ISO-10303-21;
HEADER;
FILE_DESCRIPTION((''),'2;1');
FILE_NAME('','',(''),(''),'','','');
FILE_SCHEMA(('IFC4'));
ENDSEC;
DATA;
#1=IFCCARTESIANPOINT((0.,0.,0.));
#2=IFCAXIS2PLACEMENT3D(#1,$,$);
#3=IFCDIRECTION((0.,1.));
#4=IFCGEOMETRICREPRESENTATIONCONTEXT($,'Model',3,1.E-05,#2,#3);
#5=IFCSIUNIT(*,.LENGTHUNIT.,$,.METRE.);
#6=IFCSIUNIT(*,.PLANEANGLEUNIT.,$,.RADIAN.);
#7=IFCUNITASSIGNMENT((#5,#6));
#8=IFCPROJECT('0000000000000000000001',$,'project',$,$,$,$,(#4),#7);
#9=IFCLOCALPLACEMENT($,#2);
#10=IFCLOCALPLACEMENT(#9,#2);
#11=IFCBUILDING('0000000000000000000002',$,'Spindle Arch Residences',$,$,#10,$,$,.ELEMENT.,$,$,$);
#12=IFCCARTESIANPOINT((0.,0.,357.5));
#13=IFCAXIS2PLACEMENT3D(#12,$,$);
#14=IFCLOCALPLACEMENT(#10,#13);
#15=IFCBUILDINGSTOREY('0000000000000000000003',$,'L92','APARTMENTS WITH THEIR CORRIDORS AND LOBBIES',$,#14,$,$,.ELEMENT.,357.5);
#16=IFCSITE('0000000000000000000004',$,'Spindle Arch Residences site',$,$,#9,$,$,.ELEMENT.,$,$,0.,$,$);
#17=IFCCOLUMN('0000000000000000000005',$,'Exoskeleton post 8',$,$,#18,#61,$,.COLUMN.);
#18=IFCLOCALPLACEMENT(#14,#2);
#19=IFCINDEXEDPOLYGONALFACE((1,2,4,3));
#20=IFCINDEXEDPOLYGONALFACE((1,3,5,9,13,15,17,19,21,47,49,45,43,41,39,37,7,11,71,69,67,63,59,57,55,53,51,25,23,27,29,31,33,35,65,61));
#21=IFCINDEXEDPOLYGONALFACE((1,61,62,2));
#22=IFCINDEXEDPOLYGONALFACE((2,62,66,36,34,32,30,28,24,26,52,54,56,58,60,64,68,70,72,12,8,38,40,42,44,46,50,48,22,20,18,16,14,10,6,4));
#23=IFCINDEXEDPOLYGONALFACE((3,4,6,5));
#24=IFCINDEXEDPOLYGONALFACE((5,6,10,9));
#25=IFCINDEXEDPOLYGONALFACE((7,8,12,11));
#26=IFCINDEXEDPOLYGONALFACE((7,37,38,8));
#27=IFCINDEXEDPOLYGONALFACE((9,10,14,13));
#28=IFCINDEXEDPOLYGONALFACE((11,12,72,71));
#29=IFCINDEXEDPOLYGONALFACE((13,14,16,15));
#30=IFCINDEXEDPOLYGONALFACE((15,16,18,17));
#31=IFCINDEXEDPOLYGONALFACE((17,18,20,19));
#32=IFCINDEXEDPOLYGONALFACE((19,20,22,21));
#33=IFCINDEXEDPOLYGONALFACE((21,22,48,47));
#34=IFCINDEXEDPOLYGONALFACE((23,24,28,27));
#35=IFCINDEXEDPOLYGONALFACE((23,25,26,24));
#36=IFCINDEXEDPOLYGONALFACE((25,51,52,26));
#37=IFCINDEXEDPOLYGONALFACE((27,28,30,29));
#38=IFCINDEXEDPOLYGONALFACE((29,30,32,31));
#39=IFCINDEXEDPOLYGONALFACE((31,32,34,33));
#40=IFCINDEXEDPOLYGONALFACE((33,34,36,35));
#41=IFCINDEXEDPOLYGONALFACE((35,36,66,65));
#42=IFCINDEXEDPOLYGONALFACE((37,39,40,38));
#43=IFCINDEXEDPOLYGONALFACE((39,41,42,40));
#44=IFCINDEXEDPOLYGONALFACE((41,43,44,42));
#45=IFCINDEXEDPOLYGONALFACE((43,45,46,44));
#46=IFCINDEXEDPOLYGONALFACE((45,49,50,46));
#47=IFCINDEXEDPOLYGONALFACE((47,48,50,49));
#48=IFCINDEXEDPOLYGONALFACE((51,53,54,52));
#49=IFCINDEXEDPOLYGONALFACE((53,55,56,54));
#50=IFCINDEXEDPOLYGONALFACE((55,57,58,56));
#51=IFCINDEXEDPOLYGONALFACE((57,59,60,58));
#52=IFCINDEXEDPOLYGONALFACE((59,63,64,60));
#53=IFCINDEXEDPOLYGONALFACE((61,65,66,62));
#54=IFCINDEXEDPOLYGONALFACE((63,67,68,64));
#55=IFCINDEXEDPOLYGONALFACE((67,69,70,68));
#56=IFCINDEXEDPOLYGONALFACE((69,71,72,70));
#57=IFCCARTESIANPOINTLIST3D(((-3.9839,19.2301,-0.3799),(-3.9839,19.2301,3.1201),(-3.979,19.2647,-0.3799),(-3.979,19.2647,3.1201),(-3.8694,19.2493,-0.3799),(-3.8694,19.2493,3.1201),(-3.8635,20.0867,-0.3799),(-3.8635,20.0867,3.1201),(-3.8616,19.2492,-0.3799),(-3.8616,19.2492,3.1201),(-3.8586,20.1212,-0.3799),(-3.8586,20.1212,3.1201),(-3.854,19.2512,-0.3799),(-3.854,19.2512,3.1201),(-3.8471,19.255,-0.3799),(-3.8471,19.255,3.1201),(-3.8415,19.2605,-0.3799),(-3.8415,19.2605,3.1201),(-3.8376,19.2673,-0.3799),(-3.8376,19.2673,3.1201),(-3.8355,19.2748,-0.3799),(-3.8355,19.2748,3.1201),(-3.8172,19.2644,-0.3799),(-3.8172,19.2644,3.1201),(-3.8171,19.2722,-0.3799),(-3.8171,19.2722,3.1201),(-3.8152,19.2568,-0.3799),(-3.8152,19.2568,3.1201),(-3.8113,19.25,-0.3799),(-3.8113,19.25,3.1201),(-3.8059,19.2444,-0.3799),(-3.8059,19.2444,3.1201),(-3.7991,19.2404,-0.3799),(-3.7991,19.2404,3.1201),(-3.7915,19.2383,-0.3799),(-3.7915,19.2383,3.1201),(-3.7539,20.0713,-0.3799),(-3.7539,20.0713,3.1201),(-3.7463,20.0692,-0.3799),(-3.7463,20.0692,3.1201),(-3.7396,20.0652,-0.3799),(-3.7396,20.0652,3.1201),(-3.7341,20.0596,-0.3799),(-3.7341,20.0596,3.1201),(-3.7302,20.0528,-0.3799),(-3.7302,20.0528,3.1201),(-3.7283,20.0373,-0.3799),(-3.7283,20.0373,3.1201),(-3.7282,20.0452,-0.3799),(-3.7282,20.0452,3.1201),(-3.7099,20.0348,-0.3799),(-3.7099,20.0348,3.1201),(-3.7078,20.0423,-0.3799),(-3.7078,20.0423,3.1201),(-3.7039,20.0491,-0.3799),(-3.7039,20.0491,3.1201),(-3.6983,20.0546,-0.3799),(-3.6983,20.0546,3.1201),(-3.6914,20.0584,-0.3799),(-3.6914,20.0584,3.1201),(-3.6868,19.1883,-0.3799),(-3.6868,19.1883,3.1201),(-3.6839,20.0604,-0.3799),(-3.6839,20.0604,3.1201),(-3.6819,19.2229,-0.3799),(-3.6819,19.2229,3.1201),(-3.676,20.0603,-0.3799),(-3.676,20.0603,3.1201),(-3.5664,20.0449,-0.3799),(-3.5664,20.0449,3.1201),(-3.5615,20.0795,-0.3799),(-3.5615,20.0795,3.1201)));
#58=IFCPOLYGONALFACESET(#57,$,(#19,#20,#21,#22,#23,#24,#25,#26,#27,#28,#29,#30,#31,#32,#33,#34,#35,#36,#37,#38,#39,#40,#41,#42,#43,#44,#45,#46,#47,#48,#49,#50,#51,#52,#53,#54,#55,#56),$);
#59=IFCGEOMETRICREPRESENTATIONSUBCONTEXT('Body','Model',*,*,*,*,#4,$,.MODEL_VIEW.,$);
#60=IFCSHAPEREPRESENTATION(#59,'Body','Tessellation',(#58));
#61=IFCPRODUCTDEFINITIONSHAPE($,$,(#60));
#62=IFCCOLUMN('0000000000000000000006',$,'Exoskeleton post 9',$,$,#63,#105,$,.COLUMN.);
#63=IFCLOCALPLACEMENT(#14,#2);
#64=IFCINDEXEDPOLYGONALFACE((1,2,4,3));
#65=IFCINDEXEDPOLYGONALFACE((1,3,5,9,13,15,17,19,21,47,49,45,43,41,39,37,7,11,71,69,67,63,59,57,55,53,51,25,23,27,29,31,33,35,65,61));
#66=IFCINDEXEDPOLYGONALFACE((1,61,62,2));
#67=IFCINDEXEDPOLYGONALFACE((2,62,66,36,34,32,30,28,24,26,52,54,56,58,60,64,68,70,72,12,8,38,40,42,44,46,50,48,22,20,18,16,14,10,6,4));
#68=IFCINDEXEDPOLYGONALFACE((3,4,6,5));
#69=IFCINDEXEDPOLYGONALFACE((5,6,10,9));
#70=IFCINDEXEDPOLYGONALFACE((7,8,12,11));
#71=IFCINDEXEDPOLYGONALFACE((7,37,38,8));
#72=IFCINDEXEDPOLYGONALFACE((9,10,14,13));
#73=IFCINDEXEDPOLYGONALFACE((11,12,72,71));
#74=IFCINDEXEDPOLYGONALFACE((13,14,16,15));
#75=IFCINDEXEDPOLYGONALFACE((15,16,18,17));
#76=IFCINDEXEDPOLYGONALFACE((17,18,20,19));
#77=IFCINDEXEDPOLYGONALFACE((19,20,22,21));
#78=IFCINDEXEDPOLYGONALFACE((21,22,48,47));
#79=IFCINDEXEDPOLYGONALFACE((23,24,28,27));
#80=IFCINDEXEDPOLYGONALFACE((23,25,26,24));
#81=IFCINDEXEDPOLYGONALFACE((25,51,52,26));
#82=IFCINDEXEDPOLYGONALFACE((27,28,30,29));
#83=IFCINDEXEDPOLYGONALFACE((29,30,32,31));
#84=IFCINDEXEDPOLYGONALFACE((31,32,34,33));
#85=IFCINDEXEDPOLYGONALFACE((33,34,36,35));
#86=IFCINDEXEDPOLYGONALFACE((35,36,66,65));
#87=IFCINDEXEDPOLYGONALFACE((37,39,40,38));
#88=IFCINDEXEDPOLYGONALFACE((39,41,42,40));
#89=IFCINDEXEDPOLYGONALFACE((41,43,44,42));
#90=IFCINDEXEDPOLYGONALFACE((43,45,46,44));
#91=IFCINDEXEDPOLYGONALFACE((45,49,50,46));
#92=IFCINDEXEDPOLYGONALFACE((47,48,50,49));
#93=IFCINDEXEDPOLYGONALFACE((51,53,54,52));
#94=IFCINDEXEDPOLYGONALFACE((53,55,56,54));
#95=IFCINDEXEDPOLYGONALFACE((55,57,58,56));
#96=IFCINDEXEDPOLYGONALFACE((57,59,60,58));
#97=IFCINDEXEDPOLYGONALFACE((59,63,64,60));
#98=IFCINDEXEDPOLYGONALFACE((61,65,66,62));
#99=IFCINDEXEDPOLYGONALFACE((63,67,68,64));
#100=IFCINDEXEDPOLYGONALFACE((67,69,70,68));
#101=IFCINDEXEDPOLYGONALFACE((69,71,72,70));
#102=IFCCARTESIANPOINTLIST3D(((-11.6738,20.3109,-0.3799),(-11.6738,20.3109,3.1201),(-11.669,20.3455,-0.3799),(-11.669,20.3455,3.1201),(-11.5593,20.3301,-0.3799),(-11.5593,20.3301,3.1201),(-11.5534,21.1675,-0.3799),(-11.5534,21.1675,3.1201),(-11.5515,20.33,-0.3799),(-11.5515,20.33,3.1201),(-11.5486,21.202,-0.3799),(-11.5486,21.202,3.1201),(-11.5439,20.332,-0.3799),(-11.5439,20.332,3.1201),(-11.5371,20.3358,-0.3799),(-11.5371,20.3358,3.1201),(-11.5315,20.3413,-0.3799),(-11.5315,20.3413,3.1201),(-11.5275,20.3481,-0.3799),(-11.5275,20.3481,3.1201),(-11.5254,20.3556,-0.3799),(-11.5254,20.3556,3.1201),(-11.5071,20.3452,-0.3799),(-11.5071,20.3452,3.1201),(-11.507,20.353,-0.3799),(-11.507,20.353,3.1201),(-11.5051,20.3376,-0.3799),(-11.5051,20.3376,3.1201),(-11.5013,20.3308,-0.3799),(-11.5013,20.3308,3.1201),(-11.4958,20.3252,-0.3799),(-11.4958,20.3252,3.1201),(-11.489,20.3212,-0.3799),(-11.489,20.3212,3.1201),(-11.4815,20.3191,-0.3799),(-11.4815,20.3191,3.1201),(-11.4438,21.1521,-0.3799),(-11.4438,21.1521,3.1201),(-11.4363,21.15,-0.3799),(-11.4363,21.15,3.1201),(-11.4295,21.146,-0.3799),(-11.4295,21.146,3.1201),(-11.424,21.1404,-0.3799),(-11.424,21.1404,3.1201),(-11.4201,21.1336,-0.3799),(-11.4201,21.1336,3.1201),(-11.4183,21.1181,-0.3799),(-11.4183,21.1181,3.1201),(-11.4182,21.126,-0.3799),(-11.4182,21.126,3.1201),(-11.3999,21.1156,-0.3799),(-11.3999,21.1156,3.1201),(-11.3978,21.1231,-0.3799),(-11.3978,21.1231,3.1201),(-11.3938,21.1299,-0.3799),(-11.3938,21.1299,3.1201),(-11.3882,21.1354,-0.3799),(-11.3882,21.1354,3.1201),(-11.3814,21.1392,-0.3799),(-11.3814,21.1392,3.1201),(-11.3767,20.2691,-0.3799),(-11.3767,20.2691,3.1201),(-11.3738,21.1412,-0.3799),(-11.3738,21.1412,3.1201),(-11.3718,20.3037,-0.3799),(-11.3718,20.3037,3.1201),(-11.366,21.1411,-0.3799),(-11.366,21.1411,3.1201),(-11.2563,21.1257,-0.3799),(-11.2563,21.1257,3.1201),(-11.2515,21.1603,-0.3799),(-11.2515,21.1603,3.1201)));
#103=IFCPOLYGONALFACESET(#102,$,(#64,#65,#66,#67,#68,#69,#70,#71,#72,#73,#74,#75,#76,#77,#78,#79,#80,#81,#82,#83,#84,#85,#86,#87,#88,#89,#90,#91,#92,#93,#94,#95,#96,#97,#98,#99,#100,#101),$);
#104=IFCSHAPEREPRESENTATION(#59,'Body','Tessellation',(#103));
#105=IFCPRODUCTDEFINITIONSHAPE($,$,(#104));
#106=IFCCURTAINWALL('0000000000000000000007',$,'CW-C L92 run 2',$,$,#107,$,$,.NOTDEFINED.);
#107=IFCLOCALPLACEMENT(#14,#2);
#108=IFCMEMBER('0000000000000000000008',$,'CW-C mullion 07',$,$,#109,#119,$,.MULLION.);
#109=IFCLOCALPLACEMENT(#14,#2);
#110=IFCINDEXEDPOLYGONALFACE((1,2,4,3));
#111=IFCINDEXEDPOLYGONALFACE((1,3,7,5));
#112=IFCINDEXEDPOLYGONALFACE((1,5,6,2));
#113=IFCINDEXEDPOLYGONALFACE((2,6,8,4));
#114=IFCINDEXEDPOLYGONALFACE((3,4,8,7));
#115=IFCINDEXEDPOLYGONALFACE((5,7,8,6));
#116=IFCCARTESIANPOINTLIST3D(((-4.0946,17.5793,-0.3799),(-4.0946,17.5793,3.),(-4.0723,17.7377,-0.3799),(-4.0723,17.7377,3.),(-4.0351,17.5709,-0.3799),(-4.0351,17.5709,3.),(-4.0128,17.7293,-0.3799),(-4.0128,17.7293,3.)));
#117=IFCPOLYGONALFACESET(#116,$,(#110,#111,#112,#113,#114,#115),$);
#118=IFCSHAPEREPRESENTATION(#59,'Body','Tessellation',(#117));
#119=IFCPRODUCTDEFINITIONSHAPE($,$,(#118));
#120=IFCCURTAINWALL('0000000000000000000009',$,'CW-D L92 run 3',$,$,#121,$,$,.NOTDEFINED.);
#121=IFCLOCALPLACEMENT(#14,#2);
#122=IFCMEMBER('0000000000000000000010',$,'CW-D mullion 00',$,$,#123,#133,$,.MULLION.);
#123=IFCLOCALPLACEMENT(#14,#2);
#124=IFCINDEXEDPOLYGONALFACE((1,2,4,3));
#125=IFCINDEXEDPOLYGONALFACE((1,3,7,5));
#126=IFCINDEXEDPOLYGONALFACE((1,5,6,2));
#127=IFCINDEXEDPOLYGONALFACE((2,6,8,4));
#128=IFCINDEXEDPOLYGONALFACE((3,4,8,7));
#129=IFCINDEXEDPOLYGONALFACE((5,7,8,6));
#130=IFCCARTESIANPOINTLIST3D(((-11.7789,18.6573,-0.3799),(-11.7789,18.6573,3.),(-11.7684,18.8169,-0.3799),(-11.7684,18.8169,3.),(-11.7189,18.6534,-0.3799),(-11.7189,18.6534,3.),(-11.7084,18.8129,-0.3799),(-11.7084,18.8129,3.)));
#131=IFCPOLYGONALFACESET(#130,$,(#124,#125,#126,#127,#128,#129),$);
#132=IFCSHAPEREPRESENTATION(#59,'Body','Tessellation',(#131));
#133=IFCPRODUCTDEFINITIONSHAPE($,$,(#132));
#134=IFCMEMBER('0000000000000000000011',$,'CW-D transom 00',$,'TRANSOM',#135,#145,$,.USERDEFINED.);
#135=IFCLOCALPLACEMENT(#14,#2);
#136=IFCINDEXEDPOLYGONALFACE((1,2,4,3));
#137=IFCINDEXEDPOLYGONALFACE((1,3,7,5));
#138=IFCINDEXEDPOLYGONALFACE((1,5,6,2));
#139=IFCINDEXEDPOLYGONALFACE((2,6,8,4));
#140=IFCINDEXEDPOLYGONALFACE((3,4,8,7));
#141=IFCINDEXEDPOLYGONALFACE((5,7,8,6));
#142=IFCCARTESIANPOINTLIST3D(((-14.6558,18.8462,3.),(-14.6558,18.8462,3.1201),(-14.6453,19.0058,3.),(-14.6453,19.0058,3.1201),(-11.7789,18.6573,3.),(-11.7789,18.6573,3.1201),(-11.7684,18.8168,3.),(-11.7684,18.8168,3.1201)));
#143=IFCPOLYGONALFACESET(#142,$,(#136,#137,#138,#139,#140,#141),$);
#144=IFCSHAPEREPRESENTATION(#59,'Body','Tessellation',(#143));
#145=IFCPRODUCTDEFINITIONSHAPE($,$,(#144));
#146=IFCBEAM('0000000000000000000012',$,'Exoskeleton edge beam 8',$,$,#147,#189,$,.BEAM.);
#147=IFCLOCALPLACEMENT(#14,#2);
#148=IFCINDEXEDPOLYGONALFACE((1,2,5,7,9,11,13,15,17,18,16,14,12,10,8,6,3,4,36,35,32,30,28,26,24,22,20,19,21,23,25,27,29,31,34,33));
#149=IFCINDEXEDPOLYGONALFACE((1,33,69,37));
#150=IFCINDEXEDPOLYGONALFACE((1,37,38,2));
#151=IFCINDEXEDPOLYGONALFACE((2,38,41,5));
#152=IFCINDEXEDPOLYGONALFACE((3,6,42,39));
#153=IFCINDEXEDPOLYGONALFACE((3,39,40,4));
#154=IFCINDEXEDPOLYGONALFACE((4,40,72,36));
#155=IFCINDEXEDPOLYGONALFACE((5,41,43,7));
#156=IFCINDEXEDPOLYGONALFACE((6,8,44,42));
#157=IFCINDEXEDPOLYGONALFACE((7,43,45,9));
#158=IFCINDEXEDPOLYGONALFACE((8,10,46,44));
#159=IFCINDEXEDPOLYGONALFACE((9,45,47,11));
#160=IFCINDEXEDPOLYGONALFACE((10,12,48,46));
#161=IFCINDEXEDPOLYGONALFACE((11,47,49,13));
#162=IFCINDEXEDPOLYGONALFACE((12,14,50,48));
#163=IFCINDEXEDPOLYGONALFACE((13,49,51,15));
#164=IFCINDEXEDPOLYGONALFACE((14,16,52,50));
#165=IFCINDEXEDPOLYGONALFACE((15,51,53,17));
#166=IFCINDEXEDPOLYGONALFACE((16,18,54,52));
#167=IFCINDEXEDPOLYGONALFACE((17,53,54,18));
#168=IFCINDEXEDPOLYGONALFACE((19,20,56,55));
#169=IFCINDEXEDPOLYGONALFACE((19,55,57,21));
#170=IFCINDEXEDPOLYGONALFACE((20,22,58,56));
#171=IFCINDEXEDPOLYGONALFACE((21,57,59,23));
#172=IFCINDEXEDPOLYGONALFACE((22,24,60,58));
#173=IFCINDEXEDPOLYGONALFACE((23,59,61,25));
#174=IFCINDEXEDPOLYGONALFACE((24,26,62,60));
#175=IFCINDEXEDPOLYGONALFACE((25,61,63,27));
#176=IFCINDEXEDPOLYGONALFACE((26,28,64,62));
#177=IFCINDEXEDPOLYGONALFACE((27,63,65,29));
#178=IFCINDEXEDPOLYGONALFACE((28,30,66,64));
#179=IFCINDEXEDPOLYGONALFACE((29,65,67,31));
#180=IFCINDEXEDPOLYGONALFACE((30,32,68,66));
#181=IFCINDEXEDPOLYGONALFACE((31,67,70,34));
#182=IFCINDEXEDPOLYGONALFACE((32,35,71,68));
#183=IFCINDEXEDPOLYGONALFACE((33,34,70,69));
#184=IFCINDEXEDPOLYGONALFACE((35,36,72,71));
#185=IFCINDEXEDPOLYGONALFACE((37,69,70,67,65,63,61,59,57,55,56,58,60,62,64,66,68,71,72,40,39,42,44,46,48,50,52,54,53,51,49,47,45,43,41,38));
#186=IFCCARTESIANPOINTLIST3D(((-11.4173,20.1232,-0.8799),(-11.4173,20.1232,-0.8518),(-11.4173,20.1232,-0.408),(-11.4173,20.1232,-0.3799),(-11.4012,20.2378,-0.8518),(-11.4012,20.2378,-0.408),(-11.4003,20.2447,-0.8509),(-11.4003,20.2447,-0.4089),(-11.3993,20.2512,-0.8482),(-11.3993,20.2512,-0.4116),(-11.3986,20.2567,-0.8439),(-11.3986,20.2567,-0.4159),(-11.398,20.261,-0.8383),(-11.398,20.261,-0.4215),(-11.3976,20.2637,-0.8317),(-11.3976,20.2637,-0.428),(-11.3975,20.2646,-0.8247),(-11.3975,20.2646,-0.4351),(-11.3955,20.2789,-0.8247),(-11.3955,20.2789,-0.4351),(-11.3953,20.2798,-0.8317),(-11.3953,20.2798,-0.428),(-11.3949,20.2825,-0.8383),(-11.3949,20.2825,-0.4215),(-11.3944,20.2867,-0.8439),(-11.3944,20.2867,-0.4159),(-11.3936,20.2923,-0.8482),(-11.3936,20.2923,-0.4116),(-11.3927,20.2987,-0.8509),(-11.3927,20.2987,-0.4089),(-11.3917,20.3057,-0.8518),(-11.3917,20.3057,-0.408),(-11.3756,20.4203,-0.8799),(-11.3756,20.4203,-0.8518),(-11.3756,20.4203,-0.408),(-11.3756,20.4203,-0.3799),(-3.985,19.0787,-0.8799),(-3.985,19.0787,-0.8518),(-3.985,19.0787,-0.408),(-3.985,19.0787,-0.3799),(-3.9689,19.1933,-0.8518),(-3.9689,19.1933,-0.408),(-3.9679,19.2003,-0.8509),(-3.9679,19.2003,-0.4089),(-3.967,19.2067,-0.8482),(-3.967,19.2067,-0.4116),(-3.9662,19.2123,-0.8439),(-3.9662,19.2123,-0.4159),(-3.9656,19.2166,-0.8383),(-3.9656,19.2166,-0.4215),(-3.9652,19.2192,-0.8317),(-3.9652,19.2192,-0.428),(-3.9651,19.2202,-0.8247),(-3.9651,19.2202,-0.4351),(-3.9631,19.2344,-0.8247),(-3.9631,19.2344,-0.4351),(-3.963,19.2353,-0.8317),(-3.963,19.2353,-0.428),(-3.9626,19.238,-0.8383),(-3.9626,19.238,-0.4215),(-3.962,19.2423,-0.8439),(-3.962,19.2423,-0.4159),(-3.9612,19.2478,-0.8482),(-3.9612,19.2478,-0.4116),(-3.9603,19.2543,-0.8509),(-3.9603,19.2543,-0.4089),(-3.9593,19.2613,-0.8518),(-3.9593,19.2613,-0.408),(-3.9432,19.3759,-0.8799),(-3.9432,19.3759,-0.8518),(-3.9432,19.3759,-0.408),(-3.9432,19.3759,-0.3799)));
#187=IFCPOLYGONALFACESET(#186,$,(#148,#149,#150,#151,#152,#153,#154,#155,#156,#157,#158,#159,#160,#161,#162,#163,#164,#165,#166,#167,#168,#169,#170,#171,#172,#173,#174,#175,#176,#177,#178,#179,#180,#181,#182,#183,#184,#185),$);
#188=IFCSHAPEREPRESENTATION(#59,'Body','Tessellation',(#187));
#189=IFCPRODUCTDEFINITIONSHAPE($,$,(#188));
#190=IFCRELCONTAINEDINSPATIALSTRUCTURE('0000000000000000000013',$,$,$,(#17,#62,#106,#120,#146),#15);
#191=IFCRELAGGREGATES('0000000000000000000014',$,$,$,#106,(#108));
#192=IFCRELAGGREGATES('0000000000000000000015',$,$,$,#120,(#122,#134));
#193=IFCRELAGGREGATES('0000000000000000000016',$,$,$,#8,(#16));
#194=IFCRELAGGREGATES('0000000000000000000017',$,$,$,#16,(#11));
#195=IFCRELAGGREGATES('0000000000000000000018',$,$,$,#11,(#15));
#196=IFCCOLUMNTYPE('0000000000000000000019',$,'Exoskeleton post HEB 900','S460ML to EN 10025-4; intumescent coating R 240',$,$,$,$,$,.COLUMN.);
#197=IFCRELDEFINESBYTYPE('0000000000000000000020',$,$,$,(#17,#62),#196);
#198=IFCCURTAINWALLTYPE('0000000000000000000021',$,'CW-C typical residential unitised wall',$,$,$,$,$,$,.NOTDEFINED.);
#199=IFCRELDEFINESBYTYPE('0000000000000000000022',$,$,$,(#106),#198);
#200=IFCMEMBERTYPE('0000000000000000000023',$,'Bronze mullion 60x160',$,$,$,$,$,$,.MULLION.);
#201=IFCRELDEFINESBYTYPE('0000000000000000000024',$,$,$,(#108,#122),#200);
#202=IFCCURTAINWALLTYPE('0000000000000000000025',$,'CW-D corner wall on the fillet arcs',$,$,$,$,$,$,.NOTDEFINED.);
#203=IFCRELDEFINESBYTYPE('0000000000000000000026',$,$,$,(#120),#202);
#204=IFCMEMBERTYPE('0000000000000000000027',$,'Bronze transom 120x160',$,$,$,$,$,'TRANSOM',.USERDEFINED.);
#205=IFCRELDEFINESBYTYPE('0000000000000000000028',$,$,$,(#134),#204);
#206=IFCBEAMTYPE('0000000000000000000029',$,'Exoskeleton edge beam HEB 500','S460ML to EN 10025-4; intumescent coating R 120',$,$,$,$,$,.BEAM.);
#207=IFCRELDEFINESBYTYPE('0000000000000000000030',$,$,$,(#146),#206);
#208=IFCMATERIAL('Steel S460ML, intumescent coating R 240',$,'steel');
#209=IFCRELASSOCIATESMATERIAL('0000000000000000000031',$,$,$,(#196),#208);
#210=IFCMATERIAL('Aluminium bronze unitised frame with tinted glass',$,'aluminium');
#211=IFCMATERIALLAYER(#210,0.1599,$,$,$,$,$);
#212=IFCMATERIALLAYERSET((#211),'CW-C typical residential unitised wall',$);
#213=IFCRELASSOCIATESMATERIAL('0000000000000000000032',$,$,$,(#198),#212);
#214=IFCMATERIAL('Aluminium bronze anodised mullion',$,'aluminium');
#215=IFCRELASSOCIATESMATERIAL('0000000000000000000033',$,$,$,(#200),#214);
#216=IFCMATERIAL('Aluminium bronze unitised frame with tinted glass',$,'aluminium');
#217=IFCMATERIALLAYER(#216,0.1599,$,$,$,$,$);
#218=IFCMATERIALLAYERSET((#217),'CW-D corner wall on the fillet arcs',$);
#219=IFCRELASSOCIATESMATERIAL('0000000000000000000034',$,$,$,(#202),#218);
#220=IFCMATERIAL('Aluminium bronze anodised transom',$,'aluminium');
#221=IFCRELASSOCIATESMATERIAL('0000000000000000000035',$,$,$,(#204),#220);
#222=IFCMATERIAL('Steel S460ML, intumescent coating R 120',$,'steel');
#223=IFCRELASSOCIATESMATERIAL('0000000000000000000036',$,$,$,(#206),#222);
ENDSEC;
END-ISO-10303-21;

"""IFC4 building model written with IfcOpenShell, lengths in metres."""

from ifc_helpers import new_model, si_unit, direction, frame, origin, origin_2d, place, context, subcontext, project, spatial, rectangle, i_section, extrude, material, layer, layer_set, material_profile, profile_set, type_object, element, aggregate, save


model = new_model("IFC4")

# Units and contexts
model_context = context("Model", 3, precision=1e-05, world=origin(), true_north=direction((0.0, 1.0)))
body_context = subcontext(model_context, "Body", "Model", "MODEL_VIEW")
ifc_project = project(units=[si_unit("LENGTHUNIT", "METRE"), si_unit("PLANEANGLEUNIT", "RADIAN")], contexts=[model_context])

# Site, building, storey
site_placement = place(None, origin())
site = spatial("IfcSite", under=ifc_project, at=site_placement, Name="Spindle Arch Residences site", CompositionType="ELEMENT", RefElevation=0.0)
building_placement = place(site_placement, origin())
building = spatial("IfcBuilding", under=site, at=building_placement, Name="Spindle Arch Residences", CompositionType="ELEMENT")
storey_placement = place(building_placement, frame((0.0, 0.0, 357.5)))
storey = spatial("IfcBuildingStorey", under=building, at=storey_placement, Name="L92", Description="APARTMENTS WITH THEIR CORRIDORS AND LOBBIES", CompositionType="ELEMENT", Elevation=357.5)

# Columns
ifc_material_1 = material(Name="Steel S460ML, intumescent coating R 240", Category="steel")
ifc_material_profile_1 = material_profile(ifc_material_1, i_section(OverallWidth=0.3, OverallDepth=0.8999, WebThickness=0.0186, FlangeThickness=0.0349, FilletRadius=0.03, at=origin_2d()), Name="HEB 900")
ifc_profile_set_1 = profile_set([ifc_material_profile_1], Name="Steel S460ML, intumescent coating R 240")
column_type = type_object("IfcColumnType", Name="Exoskeleton post HEB 900", Description="S460ML to EN 10025-4; intumescent coating R 240", PredefinedType="COLUMN", material=ifc_profile_set_1)
for number, where, z_axis, x_axis, name in (
    (1, (-3.7727, 19.6548, -0.3799), (0.0, 0.0, 1.0), (0.990268, -0.139173, 0.0), "Exoskeleton post 8"),
    (2, (-11.4626, 20.7356, -0.3799), (0.0, 0.0, 1.0), (0.990268, -0.139173, 0.0), "Exoskeleton post 9"),
):
    element("IfcColumn", number, at=place(storey_placement, frame(where, z_axis=z_axis, x_axis=x_axis)), inside=storey, type_object=column_type, Name=name, PredefinedType="COLUMN", context=body_context, shape_type="SweptSolid", body=[
        extrude(i_section(OverallWidth=0.3, OverallDepth=0.8999, WebThickness=0.0186, FlangeThickness=0.0349, FilletRadius=0.03, at=origin_2d()), origin(), (0.0, 0.0, 1.0), 3.5),
    ])

# Curtain wall, member
ifc_material_2 = material(Name="Aluminium bronze unitised frame with tinted glass", Category="aluminium")
ifc_layer_1 = layer(ifc_material_2, 0.1599)
ifc_layer_set_1 = layer_set([ifc_layer_1], Name="CW-C typical residential unitised wall")
curtain_wall_type_1 = type_object("IfcCurtainWallType", Name="CW-C typical residential unitised wall", PredefinedType="NOTDEFINED", material=ifc_layer_set_1)
curtain_wall_1_placement = place(storey_placement, origin())
curtain_wall_1 = element("IfcCurtainWall", 3, at=curtain_wall_1_placement, inside=storey, type_object=curtain_wall_type_1, Name="CW-C L92 run 2", PredefinedType="NOTDEFINED")
ifc_material_3 = material(Name="Aluminium bronze anodised mullion", Category="aluminium")
ifc_material_profile_2 = material_profile(ifc_material_3, rectangle(XDim=0.1599, YDim=0.0601, at=origin_2d()), Name="MU 60x160")
ifc_profile_set_2 = profile_set([ifc_material_profile_2], Name="Aluminium bronze anodised mullion")
member_type_1 = type_object("IfcMemberType", Name="Bronze mullion 60x160", PredefinedType="MULLION", material=ifc_profile_set_2)
member_1_placement = place(storey_placement, frame((-4.0537, 17.6543, -0.3799), z_axis=(0.0, 0.0, 1.0), x_axis=(-0.139173, -0.990268, 0.0)))
member_1 = element("IfcMember", 4, at=member_1_placement, type_object=member_type_1, Name="CW-C mullion 07", PredefinedType="MULLION", context=body_context, shape_type="SweptSolid", body=[
    extrude(rectangle(XDim=0.1599, YDim=0.0601, at=origin_2d()), origin(), (0.0, 0.0, 1.0), 3.3799),
])

# Curtain wall, members
ifc_material_4 = material(Name="Aluminium bronze unitised frame with tinted glass", Category="aluminium")
ifc_layer_2 = layer(ifc_material_4, 0.1599)
ifc_layer_set_2 = layer_set([ifc_layer_2], Name="CW-D corner wall on the fillet arcs")
curtain_wall_type_2 = type_object("IfcCurtainWallType", Name="CW-D corner wall on the fillet arcs", PredefinedType="NOTDEFINED", material=ifc_layer_set_2)
curtain_wall_2_placement = place(storey_placement, origin())
curtain_wall_2 = element("IfcCurtainWall", 5, at=curtain_wall_2_placement, inside=storey, type_object=curtain_wall_type_2, Name="CW-D L92 run 3", PredefinedType="NOTDEFINED")
member_2_placement = place(storey_placement, frame((-11.7437, 18.7351, -0.3799), z_axis=(0.0, 0.0, 1.0), x_axis=(-0.06551, -0.997852, 0.0)))
member_2 = element("IfcMember", 6, at=member_2_placement, type_object=member_type_1, Name="CW-D mullion 00", PredefinedType="MULLION", context=body_context, shape_type="SweptSolid", body=[
    extrude(rectangle(XDim=0.1599, YDim=0.0601, at=origin_2d()), origin(), (0.0, 0.0, 1.0), 3.3799),
])
ifc_material_5 = material(Name="Aluminium bronze anodised transom", Category="aluminium")
ifc_material_profile_3 = material_profile(ifc_material_5, rectangle(XDim=0.1599, YDim=0.1201, at=origin_2d()), Name="TR 120x160")
ifc_profile_set_3 = profile_set([ifc_material_profile_3], Name="Aluminium bronze anodised transom")
member_type_2 = type_object("IfcMemberType", Name="Bronze transom 120x160", ElementType="TRANSOM", PredefinedType="USERDEFINED", material=ifc_profile_set_3)
member_3_placement = place(storey_placement, frame((-11.7737, 18.7371, 3.0601), z_axis=(-0.99785, 0.065541, 0.0), x_axis=(-0.065541, -0.99785, 0.0)))
member_3 = element("IfcMember", 7, at=member_3_placement, type_object=member_type_2, Name="CW-D transom 00", ObjectType="TRANSOM", PredefinedType="USERDEFINED", context=body_context, shape_type="SweptSolid", body=[
    extrude(rectangle(XDim=0.1599, YDim=0.1201, at=origin_2d()), origin(), (0.0, 0.0, 1.0), 2.8831),
])

# Beam
ifc_material_6 = material(Name="Steel S460ML, intumescent coating R 120", Category="steel")
ifc_material_profile_4 = material_profile(ifc_material_6, i_section(OverallWidth=0.3, OverallDepth=0.5, WebThickness=0.0144, FlangeThickness=0.0281, FilletRadius=0.0271, at=origin_2d()), Name="HEB 500")
ifc_profile_set_4 = profile_set([ifc_material_profile_4], Name="Steel S460ML, intumescent coating R 120")
beam_type_1 = type_object("IfcBeamType", Name="Exoskeleton edge beam HEB 500", Description="S460ML to EN 10025-4; intumescent coating R 120", PredefinedType="BEAM", material=ifc_profile_set_4)
beam_1_placement = place(storey_placement, frame((-3.9641, 19.2273, -0.6299), z_axis=(-0.99027, 0.139158, 0.0), x_axis=(-0.139158, -0.99027, 0.0)))
element("IfcBeam", 8, at=beam_1_placement, inside=storey, type_object=beam_type_1, Name="Exoskeleton edge beam 8", PredefinedType="BEAM", context=body_context, shape_type="SweptSolid", body=[
    extrude(i_section(OverallWidth=0.3, OverallDepth=0.5, WebThickness=0.0144, FlangeThickness=0.0281, FilletRadius=0.0271, at=origin_2d()), origin(), (0.0, 0.0, 1.0), 7.5054),
])

aggregate(curtain_wall_1, [member_1])
aggregate(curtain_wall_2, [member_2, member_3])

save(model, "model.ifc")
